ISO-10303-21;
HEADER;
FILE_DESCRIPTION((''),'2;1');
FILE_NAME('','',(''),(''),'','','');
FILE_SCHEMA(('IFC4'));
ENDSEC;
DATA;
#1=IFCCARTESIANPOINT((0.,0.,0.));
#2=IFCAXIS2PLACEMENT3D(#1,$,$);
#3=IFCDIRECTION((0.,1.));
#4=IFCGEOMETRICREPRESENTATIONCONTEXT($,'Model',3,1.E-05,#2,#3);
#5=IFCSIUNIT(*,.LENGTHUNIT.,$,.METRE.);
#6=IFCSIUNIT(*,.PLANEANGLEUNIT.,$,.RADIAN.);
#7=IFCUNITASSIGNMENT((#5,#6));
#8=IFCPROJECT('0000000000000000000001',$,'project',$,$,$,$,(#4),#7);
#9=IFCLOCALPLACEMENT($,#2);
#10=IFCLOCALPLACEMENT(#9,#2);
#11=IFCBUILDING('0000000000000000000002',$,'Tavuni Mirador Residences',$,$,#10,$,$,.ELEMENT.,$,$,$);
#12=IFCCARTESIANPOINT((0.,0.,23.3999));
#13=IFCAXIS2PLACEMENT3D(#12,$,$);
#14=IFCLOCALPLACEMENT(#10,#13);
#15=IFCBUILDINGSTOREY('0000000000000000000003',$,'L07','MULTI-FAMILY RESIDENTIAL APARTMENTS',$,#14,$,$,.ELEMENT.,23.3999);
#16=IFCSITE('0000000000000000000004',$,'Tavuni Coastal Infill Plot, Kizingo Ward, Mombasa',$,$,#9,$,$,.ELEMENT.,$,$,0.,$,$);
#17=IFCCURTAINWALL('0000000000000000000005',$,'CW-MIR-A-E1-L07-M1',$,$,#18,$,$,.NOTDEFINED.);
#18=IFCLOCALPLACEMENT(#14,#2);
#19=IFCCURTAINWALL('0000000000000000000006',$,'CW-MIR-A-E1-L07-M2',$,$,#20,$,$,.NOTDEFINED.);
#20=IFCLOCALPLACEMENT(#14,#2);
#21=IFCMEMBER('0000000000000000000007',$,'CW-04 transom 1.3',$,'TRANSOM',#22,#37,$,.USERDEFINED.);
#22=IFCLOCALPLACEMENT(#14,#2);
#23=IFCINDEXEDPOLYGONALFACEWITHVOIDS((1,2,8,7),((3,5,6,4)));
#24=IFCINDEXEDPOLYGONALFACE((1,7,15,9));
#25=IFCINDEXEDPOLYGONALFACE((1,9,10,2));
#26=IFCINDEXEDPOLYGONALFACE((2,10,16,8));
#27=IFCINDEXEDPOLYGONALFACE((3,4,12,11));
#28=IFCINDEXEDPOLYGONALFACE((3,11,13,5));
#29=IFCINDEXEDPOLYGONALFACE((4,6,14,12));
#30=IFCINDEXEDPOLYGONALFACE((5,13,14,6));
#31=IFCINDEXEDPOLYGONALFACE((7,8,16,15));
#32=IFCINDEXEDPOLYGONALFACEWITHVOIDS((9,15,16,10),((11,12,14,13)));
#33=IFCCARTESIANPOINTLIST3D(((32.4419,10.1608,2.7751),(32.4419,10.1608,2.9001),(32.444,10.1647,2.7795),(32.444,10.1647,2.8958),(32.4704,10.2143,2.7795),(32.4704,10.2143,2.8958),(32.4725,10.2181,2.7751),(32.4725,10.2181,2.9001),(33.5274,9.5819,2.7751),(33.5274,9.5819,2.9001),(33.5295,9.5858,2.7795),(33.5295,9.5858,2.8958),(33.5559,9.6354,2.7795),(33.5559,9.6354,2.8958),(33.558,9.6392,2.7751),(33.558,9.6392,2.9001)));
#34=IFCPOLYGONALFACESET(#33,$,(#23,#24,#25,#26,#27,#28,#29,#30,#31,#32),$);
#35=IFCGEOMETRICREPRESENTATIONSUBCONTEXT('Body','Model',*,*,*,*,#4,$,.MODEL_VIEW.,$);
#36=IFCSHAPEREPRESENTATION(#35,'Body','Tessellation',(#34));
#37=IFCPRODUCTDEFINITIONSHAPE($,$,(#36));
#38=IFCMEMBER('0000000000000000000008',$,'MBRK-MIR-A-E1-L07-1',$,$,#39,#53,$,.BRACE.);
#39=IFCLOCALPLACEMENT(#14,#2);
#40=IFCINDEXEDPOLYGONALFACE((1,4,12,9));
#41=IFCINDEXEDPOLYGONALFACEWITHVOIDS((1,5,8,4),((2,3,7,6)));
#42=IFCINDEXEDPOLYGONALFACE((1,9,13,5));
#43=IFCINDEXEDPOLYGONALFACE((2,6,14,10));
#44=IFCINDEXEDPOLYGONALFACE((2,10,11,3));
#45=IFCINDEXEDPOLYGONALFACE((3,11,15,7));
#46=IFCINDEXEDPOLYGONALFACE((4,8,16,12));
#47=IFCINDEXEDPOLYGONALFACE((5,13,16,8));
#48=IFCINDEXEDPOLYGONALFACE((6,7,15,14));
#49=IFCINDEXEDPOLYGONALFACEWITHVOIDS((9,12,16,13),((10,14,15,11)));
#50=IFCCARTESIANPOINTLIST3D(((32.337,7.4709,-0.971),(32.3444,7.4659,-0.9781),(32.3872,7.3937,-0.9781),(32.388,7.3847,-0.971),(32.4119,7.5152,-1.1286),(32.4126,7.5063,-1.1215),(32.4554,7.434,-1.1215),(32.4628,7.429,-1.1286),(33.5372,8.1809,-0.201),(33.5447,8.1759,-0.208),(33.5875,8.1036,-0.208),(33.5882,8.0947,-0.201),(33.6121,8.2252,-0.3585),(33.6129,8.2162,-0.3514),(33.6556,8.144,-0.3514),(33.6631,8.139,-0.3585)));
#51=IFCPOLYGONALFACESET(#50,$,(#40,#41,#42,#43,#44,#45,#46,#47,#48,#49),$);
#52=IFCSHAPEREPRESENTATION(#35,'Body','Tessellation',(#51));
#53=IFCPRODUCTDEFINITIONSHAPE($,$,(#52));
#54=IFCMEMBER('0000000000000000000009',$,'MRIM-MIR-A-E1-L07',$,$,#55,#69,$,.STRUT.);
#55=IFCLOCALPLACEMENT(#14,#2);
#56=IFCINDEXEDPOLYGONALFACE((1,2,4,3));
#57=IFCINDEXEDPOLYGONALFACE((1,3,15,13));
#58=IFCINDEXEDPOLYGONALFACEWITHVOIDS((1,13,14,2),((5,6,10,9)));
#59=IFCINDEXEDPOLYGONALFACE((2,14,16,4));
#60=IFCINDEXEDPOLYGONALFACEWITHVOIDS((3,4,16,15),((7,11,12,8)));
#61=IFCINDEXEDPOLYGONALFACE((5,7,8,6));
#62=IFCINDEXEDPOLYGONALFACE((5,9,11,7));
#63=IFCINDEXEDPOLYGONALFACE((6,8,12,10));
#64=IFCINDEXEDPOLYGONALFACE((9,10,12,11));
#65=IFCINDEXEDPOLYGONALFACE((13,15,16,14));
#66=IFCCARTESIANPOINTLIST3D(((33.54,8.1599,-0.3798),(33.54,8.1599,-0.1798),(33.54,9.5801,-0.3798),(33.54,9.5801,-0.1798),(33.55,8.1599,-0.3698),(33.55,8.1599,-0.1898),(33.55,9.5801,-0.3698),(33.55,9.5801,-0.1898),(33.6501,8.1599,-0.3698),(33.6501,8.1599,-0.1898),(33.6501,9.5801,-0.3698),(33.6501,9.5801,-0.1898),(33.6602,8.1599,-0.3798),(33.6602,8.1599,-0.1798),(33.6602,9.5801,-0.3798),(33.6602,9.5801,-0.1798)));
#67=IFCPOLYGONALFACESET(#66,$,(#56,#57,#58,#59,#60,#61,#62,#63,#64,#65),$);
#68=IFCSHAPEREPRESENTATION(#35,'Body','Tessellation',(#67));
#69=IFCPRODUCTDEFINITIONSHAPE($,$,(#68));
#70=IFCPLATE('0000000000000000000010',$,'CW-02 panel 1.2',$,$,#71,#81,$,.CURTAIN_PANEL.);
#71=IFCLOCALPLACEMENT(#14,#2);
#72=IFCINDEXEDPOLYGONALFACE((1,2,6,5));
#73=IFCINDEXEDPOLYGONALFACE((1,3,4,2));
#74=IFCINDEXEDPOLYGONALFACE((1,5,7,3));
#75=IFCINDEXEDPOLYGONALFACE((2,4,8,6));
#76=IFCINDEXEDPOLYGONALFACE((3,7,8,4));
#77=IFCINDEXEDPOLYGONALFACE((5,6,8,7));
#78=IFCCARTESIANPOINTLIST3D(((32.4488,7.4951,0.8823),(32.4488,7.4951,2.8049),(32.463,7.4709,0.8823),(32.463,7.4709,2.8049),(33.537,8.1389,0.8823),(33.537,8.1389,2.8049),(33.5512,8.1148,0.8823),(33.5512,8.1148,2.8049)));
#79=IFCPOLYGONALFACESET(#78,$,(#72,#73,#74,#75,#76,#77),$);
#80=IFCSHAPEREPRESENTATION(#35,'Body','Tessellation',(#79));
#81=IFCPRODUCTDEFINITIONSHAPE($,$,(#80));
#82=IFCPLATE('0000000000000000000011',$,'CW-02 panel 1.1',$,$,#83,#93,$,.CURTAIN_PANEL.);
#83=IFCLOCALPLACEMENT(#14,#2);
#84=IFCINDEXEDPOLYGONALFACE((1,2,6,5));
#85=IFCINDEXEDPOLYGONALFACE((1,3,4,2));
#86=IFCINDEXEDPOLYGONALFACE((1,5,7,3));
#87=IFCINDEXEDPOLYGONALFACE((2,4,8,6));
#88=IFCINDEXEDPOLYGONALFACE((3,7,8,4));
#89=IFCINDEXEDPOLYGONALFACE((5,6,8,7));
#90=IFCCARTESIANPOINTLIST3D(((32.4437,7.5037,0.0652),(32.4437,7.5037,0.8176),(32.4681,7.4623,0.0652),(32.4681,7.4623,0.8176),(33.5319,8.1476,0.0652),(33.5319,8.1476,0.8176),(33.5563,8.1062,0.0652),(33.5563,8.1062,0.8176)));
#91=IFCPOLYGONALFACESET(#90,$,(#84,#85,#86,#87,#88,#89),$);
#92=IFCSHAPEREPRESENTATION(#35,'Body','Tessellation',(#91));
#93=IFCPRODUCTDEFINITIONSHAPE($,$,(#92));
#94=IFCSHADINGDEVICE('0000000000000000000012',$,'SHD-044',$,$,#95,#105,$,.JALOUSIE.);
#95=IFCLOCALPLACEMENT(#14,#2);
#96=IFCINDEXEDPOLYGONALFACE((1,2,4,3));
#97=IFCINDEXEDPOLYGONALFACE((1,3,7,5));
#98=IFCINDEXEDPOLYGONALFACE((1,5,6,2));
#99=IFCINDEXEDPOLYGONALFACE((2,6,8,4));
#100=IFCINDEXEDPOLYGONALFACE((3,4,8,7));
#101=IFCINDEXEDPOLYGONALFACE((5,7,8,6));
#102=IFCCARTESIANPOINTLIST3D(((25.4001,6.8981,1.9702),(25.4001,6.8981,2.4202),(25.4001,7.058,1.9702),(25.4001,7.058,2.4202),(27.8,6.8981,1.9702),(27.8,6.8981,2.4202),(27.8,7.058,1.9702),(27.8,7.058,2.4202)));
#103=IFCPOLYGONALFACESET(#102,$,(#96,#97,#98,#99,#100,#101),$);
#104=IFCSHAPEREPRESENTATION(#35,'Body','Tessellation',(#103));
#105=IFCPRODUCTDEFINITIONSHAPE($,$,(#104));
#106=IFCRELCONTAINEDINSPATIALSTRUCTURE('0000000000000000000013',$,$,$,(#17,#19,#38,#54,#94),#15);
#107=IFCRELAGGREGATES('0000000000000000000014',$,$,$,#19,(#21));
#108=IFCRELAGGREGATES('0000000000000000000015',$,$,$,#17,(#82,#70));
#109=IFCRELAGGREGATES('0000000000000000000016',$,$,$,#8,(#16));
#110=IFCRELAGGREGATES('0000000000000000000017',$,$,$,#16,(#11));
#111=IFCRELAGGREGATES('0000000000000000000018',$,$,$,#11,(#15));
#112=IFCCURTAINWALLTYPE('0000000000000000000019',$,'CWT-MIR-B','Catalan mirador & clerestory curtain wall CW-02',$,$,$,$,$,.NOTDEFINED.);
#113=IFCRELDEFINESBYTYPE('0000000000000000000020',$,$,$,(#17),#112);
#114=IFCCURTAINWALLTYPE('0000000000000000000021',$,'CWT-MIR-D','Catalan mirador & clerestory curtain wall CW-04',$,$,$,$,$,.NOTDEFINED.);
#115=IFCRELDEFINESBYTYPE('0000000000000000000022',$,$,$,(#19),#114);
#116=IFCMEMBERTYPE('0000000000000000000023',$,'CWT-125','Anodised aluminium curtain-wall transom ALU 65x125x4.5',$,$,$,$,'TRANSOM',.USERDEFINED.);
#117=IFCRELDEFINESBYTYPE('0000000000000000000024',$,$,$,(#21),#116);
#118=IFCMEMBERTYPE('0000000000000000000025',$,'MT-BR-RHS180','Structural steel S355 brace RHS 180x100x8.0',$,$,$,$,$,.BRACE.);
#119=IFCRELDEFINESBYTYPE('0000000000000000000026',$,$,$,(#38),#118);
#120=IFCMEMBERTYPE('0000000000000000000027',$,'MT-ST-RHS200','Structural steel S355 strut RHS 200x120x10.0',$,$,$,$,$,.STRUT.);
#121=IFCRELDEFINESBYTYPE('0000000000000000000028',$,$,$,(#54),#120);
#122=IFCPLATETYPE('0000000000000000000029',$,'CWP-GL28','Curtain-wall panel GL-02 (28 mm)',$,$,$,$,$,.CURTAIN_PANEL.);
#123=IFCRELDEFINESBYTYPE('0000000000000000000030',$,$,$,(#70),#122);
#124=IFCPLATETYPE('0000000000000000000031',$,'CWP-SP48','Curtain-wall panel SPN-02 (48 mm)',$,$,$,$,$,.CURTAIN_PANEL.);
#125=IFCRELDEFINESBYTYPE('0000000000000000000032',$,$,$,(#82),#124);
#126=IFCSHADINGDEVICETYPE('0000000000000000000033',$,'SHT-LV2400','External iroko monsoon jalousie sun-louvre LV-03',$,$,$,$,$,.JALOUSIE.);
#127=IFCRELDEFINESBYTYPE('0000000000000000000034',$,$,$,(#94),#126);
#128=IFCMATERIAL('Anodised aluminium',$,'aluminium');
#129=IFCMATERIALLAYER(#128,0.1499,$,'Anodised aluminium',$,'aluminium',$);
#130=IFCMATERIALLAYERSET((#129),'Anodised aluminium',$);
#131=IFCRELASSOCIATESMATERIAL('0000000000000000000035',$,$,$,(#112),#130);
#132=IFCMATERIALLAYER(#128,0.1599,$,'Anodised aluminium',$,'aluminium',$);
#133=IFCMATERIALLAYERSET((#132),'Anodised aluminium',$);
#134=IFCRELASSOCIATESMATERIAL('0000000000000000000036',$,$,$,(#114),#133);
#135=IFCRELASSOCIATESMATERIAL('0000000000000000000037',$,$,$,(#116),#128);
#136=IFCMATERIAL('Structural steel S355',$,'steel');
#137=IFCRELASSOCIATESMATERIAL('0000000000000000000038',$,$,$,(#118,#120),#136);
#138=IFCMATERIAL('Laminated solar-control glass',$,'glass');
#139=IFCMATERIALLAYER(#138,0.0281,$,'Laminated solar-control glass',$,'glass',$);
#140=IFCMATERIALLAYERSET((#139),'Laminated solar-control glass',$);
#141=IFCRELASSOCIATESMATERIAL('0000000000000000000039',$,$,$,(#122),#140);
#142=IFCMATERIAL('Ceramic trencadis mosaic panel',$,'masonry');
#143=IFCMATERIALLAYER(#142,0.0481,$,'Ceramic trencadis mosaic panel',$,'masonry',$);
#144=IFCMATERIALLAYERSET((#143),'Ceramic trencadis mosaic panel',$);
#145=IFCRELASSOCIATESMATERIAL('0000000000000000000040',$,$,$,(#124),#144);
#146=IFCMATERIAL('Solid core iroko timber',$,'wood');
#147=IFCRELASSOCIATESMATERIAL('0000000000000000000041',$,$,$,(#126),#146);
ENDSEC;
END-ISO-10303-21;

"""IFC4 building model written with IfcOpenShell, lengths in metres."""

from ifc_helpers import new_model, si_unit, direction, frame, origin, origin_2d, place, context, subcontext, project, spatial, rectangle, hollow_rectangle, extrude, material, layer, layer_set, material_profile, profile_set, type_object, element, aggregate, save


model = new_model("IFC4")

# Units and contexts
model_context = context("Model", 3, precision=1e-05, world=origin(), true_north=direction((0.0, 1.0)))
body_context = subcontext(model_context, "Body", "Model", "MODEL_VIEW")
ifc_project = project(units=[si_unit("LENGTHUNIT", "METRE"), si_unit("PLANEANGLEUNIT", "RADIAN")], contexts=[model_context])

# Site, building, storey
site_placement = place(None, origin())
site = spatial("IfcSite", under=ifc_project, at=site_placement, Name="Tavuni Coastal Infill Plot, Kizingo Ward, Mombasa", CompositionType="ELEMENT", RefElevation=0.0)
building_placement = place(site_placement, origin())
building = spatial("IfcBuilding", under=site, at=building_placement, Name="Tavuni Mirador Residences", CompositionType="ELEMENT")
storey_placement = place(building_placement, frame((0.0, 0.0, 23.3999)))
storey = spatial("IfcBuildingStorey", under=building, at=storey_placement, Name="L07", Description="MULTI-FAMILY RESIDENTIAL APARTMENTS", CompositionType="ELEMENT", Elevation=23.3999)

# Shared definitions
ifc_material_1 = material(Name="Anodised aluminium", Category="aluminium")

# Curtain wall
ifc_layer_1 = layer(ifc_material_1, 0.1499, Name="Anodised aluminium", Category="aluminium")
ifc_layer_set_1 = layer_set([ifc_layer_1], Name="Anodised aluminium")
curtain_wall_type_1 = type_object("IfcCurtainWallType", Name="CWT-MIR-B", Description="Catalan mirador & clerestory curtain wall CW-02", PredefinedType="NOTDEFINED", material=ifc_layer_set_1)
curtain_wall_1_placement = place(storey_placement, origin())
curtain_wall_1 = element("IfcCurtainWall", 1, at=curtain_wall_1_placement, inside=storey, type_object=curtain_wall_type_1, Name="CW-MIR-A-E1-L07-M1", PredefinedType="NOTDEFINED")

# Curtain wall
ifc_layer_2 = layer(ifc_material_1, 0.1599, Name="Anodised aluminium", Category="aluminium")
ifc_layer_set_2 = layer_set([ifc_layer_2], Name="Anodised aluminium")
curtain_wall_type_2 = type_object("IfcCurtainWallType", Name="CWT-MIR-D", Description="Catalan mirador & clerestory curtain wall CW-04", PredefinedType="NOTDEFINED", material=ifc_layer_set_2)
curtain_wall_2_placement = place(storey_placement, origin())
curtain_wall_2 = element("IfcCurtainWall", 2, at=curtain_wall_2_placement, inside=storey, type_object=curtain_wall_type_2, Name="CW-MIR-A-E1-L07-M2", PredefinedType="NOTDEFINED")

# Member
ifc_material_profile_1 = material_profile(ifc_material_1, hollow_rectangle(XDim=0.0649, YDim=0.125, WallThickness=0.0044, at=origin_2d()), Name="ALU 65x125x4.5", Category="aluminium")
ifc_profile_set_1 = profile_set([ifc_material_profile_1], Name="Anodised aluminium")
member_type_1 = type_object("IfcMemberType", Name="CWT-125", Description="Anodised aluminium curtain-wall transom ALU 65x125x4.5", ElementType="TRANSOM", PredefinedType="USERDEFINED", material=ifc_profile_set_1)
member_1_placement = place(storey_placement, frame((33.5427, 9.6106, 2.8376), z_axis=(-0.882369, 0.470557, 0.0), x_axis=(-0.470557, -0.882369, 0.0)))
member_1 = element("IfcMember", 3, at=member_1_placement, type_object=member_type_1, Name="CW-04 transom 1.3", ObjectType="TRANSOM", PredefinedType="USERDEFINED", context=body_context, shape_type="SweptSolid", body=[
    extrude(hollow_rectangle(XDim=0.0649, YDim=0.125, WallThickness=0.0044, at=origin_2d()), origin(), (0.0, 0.0, 1.0), 1.2302),
])
aggregate(curtain_wall_2, [member_1])

# Members
ifc_material_2 = material(Name="Structural steel S355", Category="steel")
ifc_material_profile_2 = material_profile(ifc_material_2, hollow_rectangle(XDim=0.1001, YDim=0.1799, WallThickness=0.0081, at=origin_2d()), Name="RHS 180x100x8.0", Category="steel")
ifc_profile_set_2 = profile_set([ifc_material_profile_2], Name="Structural steel S355")
member_type_2 = type_object("IfcMemberType", Name="MT-BR-RHS180", Description="Structural steel S355 brace RHS 180x100x8.0", PredefinedType="BRACE", material=ifc_profile_set_2)
member_2_placement = place(storey_placement, frame((32.3999, 7.45, -1.0498), z_axis=(0.753449, 0.445693, 0.483397), x_axis=(-0.50913, 0.860689, 0.0)))
element("IfcMember", 4, at=member_2_placement, inside=storey, type_object=member_type_2, Name="MBRK-MIR-A-E1-L07-1", PredefinedType="BRACE", context=body_context, shape_type="SweptSolid", body=[
    extrude(hollow_rectangle(XDim=0.1001, YDim=0.1799, WallThickness=0.0081, at=origin_2d()), origin(), (0.0, 0.0, 1.0), 1.593),
])
ifc_material_profile_3 = material_profile(ifc_material_2, hollow_rectangle(XDim=0.1201, YDim=0.2, WallThickness=0.01, at=origin_2d()), Name="RHS 200x120x10.0", Category="steel")
ifc_profile_set_3 = profile_set([ifc_material_profile_3], Name="Structural steel S355")
member_type_3 = type_object("IfcMemberType", Name="MT-ST-RHS200", Description="Structural steel S355 strut RHS 200x120x10.0", PredefinedType="STRUT", material=ifc_profile_set_3)
member_3_placement = place(storey_placement, frame((33.6001, 8.1599, -0.2798), z_axis=(0.0, 1.0, 0.0), x_axis=(-1.0, 0.0, 0.0)))
element("IfcMember", 5, at=member_3_placement, inside=storey, type_object=member_type_3, Name="MRIM-MIR-A-E1-L07", PredefinedType="STRUT", context=body_context, shape_type="SweptSolid", body=[
    extrude(hollow_rectangle(XDim=0.1201, YDim=0.2, WallThickness=0.01, at=origin_2d()), origin(), (0.0, 0.0, 1.0), 1.4202),
])

# Plates
ifc_material_3 = material(Name="Laminated solar-control glass", Category="glass")
ifc_layer_3 = layer(ifc_material_3, 0.0281, Name="Laminated solar-control glass", Category="glass")
ifc_layer_set_3 = layer_set([ifc_layer_3], Name="Laminated solar-control glass")
plate_type_1 = type_object("IfcPlateType", Name="CWP-GL28", Description="Curtain-wall panel GL-02 (28 mm)", PredefinedType="CURTAIN_PANEL", material=ifc_layer_set_3)
plate_1_placement = place(storey_placement, frame((33.0, 7.8049, 0.8823), z_axis=(0.0, 0.0, 1.0), x_axis=(0.860641, 0.509212, 0.0)))
plate_1 = element("IfcPlate", 6, at=plate_1_placement, type_object=plate_type_1, Name="CW-02 panel 1.2", PredefinedType="CURTAIN_PANEL", context=body_context, shape_type="SweptSolid", body=[
    extrude(rectangle(XDim=1.2644, YDim=0.0281, at=origin_2d()), origin(), (0.0, 0.0, 1.0), 1.9226),
])
ifc_material_4 = material(Name="Ceramic trencadis mosaic panel", Category="masonry")
ifc_layer_4 = layer(ifc_material_4, 0.0481, Name="Ceramic trencadis mosaic panel", Category="masonry")
ifc_layer_set_4 = layer_set([ifc_layer_4], Name="Ceramic trencadis mosaic panel")
plate_type_2 = type_object("IfcPlateType", Name="CWP-SP48", Description="Curtain-wall panel SPN-02 (48 mm)", PredefinedType="CURTAIN_PANEL", material=ifc_layer_set_4)
plate_2_placement = place(storey_placement, frame((33.0, 7.8049, 0.0652), z_axis=(0.0, 0.0, 1.0), x_axis=(0.860641, 0.509212, 0.0)))
plate_2 = element("IfcPlate", 7, at=plate_2_placement, type_object=plate_type_2, Name="CW-02 panel 1.1", PredefinedType="CURTAIN_PANEL", context=body_context, shape_type="SweptSolid", body=[
    extrude(rectangle(XDim=1.2644, YDim=0.0481, at=origin_2d()), origin(), (0.0, 0.0, 1.0), 0.7524),
])
aggregate(curtain_wall_1, [plate_2, plate_1])

# Shading device
ifc_material_5 = material(Name="Solid core iroko timber", Category="wood")
shading_device_type = type_object("IfcShadingDeviceType", Name="SHT-LV2400", Description="External iroko monsoon jalousie sun-louvre LV-03", PredefinedType="JALOUSIE", material=ifc_material_5)
shading_device_placement = place(storey_placement, frame((26.6001, 6.978, 1.9702), z_axis=(0.0, 0.0, 1.0), x_axis=(1.0, 0.0, 0.0)))
element("IfcShadingDevice", 8, at=shading_device_placement, inside=storey, type_object=shading_device_type, Name="SHD-044", PredefinedType="JALOUSIE", context=body_context, shape_type="SweptSolid", body=[
    extrude(rectangle(XDim=2.3999, YDim=0.1599, at=origin_2d()), origin(), (0.0, 0.0, 1.0), 0.45),
])

save(model, "model.ifc")
